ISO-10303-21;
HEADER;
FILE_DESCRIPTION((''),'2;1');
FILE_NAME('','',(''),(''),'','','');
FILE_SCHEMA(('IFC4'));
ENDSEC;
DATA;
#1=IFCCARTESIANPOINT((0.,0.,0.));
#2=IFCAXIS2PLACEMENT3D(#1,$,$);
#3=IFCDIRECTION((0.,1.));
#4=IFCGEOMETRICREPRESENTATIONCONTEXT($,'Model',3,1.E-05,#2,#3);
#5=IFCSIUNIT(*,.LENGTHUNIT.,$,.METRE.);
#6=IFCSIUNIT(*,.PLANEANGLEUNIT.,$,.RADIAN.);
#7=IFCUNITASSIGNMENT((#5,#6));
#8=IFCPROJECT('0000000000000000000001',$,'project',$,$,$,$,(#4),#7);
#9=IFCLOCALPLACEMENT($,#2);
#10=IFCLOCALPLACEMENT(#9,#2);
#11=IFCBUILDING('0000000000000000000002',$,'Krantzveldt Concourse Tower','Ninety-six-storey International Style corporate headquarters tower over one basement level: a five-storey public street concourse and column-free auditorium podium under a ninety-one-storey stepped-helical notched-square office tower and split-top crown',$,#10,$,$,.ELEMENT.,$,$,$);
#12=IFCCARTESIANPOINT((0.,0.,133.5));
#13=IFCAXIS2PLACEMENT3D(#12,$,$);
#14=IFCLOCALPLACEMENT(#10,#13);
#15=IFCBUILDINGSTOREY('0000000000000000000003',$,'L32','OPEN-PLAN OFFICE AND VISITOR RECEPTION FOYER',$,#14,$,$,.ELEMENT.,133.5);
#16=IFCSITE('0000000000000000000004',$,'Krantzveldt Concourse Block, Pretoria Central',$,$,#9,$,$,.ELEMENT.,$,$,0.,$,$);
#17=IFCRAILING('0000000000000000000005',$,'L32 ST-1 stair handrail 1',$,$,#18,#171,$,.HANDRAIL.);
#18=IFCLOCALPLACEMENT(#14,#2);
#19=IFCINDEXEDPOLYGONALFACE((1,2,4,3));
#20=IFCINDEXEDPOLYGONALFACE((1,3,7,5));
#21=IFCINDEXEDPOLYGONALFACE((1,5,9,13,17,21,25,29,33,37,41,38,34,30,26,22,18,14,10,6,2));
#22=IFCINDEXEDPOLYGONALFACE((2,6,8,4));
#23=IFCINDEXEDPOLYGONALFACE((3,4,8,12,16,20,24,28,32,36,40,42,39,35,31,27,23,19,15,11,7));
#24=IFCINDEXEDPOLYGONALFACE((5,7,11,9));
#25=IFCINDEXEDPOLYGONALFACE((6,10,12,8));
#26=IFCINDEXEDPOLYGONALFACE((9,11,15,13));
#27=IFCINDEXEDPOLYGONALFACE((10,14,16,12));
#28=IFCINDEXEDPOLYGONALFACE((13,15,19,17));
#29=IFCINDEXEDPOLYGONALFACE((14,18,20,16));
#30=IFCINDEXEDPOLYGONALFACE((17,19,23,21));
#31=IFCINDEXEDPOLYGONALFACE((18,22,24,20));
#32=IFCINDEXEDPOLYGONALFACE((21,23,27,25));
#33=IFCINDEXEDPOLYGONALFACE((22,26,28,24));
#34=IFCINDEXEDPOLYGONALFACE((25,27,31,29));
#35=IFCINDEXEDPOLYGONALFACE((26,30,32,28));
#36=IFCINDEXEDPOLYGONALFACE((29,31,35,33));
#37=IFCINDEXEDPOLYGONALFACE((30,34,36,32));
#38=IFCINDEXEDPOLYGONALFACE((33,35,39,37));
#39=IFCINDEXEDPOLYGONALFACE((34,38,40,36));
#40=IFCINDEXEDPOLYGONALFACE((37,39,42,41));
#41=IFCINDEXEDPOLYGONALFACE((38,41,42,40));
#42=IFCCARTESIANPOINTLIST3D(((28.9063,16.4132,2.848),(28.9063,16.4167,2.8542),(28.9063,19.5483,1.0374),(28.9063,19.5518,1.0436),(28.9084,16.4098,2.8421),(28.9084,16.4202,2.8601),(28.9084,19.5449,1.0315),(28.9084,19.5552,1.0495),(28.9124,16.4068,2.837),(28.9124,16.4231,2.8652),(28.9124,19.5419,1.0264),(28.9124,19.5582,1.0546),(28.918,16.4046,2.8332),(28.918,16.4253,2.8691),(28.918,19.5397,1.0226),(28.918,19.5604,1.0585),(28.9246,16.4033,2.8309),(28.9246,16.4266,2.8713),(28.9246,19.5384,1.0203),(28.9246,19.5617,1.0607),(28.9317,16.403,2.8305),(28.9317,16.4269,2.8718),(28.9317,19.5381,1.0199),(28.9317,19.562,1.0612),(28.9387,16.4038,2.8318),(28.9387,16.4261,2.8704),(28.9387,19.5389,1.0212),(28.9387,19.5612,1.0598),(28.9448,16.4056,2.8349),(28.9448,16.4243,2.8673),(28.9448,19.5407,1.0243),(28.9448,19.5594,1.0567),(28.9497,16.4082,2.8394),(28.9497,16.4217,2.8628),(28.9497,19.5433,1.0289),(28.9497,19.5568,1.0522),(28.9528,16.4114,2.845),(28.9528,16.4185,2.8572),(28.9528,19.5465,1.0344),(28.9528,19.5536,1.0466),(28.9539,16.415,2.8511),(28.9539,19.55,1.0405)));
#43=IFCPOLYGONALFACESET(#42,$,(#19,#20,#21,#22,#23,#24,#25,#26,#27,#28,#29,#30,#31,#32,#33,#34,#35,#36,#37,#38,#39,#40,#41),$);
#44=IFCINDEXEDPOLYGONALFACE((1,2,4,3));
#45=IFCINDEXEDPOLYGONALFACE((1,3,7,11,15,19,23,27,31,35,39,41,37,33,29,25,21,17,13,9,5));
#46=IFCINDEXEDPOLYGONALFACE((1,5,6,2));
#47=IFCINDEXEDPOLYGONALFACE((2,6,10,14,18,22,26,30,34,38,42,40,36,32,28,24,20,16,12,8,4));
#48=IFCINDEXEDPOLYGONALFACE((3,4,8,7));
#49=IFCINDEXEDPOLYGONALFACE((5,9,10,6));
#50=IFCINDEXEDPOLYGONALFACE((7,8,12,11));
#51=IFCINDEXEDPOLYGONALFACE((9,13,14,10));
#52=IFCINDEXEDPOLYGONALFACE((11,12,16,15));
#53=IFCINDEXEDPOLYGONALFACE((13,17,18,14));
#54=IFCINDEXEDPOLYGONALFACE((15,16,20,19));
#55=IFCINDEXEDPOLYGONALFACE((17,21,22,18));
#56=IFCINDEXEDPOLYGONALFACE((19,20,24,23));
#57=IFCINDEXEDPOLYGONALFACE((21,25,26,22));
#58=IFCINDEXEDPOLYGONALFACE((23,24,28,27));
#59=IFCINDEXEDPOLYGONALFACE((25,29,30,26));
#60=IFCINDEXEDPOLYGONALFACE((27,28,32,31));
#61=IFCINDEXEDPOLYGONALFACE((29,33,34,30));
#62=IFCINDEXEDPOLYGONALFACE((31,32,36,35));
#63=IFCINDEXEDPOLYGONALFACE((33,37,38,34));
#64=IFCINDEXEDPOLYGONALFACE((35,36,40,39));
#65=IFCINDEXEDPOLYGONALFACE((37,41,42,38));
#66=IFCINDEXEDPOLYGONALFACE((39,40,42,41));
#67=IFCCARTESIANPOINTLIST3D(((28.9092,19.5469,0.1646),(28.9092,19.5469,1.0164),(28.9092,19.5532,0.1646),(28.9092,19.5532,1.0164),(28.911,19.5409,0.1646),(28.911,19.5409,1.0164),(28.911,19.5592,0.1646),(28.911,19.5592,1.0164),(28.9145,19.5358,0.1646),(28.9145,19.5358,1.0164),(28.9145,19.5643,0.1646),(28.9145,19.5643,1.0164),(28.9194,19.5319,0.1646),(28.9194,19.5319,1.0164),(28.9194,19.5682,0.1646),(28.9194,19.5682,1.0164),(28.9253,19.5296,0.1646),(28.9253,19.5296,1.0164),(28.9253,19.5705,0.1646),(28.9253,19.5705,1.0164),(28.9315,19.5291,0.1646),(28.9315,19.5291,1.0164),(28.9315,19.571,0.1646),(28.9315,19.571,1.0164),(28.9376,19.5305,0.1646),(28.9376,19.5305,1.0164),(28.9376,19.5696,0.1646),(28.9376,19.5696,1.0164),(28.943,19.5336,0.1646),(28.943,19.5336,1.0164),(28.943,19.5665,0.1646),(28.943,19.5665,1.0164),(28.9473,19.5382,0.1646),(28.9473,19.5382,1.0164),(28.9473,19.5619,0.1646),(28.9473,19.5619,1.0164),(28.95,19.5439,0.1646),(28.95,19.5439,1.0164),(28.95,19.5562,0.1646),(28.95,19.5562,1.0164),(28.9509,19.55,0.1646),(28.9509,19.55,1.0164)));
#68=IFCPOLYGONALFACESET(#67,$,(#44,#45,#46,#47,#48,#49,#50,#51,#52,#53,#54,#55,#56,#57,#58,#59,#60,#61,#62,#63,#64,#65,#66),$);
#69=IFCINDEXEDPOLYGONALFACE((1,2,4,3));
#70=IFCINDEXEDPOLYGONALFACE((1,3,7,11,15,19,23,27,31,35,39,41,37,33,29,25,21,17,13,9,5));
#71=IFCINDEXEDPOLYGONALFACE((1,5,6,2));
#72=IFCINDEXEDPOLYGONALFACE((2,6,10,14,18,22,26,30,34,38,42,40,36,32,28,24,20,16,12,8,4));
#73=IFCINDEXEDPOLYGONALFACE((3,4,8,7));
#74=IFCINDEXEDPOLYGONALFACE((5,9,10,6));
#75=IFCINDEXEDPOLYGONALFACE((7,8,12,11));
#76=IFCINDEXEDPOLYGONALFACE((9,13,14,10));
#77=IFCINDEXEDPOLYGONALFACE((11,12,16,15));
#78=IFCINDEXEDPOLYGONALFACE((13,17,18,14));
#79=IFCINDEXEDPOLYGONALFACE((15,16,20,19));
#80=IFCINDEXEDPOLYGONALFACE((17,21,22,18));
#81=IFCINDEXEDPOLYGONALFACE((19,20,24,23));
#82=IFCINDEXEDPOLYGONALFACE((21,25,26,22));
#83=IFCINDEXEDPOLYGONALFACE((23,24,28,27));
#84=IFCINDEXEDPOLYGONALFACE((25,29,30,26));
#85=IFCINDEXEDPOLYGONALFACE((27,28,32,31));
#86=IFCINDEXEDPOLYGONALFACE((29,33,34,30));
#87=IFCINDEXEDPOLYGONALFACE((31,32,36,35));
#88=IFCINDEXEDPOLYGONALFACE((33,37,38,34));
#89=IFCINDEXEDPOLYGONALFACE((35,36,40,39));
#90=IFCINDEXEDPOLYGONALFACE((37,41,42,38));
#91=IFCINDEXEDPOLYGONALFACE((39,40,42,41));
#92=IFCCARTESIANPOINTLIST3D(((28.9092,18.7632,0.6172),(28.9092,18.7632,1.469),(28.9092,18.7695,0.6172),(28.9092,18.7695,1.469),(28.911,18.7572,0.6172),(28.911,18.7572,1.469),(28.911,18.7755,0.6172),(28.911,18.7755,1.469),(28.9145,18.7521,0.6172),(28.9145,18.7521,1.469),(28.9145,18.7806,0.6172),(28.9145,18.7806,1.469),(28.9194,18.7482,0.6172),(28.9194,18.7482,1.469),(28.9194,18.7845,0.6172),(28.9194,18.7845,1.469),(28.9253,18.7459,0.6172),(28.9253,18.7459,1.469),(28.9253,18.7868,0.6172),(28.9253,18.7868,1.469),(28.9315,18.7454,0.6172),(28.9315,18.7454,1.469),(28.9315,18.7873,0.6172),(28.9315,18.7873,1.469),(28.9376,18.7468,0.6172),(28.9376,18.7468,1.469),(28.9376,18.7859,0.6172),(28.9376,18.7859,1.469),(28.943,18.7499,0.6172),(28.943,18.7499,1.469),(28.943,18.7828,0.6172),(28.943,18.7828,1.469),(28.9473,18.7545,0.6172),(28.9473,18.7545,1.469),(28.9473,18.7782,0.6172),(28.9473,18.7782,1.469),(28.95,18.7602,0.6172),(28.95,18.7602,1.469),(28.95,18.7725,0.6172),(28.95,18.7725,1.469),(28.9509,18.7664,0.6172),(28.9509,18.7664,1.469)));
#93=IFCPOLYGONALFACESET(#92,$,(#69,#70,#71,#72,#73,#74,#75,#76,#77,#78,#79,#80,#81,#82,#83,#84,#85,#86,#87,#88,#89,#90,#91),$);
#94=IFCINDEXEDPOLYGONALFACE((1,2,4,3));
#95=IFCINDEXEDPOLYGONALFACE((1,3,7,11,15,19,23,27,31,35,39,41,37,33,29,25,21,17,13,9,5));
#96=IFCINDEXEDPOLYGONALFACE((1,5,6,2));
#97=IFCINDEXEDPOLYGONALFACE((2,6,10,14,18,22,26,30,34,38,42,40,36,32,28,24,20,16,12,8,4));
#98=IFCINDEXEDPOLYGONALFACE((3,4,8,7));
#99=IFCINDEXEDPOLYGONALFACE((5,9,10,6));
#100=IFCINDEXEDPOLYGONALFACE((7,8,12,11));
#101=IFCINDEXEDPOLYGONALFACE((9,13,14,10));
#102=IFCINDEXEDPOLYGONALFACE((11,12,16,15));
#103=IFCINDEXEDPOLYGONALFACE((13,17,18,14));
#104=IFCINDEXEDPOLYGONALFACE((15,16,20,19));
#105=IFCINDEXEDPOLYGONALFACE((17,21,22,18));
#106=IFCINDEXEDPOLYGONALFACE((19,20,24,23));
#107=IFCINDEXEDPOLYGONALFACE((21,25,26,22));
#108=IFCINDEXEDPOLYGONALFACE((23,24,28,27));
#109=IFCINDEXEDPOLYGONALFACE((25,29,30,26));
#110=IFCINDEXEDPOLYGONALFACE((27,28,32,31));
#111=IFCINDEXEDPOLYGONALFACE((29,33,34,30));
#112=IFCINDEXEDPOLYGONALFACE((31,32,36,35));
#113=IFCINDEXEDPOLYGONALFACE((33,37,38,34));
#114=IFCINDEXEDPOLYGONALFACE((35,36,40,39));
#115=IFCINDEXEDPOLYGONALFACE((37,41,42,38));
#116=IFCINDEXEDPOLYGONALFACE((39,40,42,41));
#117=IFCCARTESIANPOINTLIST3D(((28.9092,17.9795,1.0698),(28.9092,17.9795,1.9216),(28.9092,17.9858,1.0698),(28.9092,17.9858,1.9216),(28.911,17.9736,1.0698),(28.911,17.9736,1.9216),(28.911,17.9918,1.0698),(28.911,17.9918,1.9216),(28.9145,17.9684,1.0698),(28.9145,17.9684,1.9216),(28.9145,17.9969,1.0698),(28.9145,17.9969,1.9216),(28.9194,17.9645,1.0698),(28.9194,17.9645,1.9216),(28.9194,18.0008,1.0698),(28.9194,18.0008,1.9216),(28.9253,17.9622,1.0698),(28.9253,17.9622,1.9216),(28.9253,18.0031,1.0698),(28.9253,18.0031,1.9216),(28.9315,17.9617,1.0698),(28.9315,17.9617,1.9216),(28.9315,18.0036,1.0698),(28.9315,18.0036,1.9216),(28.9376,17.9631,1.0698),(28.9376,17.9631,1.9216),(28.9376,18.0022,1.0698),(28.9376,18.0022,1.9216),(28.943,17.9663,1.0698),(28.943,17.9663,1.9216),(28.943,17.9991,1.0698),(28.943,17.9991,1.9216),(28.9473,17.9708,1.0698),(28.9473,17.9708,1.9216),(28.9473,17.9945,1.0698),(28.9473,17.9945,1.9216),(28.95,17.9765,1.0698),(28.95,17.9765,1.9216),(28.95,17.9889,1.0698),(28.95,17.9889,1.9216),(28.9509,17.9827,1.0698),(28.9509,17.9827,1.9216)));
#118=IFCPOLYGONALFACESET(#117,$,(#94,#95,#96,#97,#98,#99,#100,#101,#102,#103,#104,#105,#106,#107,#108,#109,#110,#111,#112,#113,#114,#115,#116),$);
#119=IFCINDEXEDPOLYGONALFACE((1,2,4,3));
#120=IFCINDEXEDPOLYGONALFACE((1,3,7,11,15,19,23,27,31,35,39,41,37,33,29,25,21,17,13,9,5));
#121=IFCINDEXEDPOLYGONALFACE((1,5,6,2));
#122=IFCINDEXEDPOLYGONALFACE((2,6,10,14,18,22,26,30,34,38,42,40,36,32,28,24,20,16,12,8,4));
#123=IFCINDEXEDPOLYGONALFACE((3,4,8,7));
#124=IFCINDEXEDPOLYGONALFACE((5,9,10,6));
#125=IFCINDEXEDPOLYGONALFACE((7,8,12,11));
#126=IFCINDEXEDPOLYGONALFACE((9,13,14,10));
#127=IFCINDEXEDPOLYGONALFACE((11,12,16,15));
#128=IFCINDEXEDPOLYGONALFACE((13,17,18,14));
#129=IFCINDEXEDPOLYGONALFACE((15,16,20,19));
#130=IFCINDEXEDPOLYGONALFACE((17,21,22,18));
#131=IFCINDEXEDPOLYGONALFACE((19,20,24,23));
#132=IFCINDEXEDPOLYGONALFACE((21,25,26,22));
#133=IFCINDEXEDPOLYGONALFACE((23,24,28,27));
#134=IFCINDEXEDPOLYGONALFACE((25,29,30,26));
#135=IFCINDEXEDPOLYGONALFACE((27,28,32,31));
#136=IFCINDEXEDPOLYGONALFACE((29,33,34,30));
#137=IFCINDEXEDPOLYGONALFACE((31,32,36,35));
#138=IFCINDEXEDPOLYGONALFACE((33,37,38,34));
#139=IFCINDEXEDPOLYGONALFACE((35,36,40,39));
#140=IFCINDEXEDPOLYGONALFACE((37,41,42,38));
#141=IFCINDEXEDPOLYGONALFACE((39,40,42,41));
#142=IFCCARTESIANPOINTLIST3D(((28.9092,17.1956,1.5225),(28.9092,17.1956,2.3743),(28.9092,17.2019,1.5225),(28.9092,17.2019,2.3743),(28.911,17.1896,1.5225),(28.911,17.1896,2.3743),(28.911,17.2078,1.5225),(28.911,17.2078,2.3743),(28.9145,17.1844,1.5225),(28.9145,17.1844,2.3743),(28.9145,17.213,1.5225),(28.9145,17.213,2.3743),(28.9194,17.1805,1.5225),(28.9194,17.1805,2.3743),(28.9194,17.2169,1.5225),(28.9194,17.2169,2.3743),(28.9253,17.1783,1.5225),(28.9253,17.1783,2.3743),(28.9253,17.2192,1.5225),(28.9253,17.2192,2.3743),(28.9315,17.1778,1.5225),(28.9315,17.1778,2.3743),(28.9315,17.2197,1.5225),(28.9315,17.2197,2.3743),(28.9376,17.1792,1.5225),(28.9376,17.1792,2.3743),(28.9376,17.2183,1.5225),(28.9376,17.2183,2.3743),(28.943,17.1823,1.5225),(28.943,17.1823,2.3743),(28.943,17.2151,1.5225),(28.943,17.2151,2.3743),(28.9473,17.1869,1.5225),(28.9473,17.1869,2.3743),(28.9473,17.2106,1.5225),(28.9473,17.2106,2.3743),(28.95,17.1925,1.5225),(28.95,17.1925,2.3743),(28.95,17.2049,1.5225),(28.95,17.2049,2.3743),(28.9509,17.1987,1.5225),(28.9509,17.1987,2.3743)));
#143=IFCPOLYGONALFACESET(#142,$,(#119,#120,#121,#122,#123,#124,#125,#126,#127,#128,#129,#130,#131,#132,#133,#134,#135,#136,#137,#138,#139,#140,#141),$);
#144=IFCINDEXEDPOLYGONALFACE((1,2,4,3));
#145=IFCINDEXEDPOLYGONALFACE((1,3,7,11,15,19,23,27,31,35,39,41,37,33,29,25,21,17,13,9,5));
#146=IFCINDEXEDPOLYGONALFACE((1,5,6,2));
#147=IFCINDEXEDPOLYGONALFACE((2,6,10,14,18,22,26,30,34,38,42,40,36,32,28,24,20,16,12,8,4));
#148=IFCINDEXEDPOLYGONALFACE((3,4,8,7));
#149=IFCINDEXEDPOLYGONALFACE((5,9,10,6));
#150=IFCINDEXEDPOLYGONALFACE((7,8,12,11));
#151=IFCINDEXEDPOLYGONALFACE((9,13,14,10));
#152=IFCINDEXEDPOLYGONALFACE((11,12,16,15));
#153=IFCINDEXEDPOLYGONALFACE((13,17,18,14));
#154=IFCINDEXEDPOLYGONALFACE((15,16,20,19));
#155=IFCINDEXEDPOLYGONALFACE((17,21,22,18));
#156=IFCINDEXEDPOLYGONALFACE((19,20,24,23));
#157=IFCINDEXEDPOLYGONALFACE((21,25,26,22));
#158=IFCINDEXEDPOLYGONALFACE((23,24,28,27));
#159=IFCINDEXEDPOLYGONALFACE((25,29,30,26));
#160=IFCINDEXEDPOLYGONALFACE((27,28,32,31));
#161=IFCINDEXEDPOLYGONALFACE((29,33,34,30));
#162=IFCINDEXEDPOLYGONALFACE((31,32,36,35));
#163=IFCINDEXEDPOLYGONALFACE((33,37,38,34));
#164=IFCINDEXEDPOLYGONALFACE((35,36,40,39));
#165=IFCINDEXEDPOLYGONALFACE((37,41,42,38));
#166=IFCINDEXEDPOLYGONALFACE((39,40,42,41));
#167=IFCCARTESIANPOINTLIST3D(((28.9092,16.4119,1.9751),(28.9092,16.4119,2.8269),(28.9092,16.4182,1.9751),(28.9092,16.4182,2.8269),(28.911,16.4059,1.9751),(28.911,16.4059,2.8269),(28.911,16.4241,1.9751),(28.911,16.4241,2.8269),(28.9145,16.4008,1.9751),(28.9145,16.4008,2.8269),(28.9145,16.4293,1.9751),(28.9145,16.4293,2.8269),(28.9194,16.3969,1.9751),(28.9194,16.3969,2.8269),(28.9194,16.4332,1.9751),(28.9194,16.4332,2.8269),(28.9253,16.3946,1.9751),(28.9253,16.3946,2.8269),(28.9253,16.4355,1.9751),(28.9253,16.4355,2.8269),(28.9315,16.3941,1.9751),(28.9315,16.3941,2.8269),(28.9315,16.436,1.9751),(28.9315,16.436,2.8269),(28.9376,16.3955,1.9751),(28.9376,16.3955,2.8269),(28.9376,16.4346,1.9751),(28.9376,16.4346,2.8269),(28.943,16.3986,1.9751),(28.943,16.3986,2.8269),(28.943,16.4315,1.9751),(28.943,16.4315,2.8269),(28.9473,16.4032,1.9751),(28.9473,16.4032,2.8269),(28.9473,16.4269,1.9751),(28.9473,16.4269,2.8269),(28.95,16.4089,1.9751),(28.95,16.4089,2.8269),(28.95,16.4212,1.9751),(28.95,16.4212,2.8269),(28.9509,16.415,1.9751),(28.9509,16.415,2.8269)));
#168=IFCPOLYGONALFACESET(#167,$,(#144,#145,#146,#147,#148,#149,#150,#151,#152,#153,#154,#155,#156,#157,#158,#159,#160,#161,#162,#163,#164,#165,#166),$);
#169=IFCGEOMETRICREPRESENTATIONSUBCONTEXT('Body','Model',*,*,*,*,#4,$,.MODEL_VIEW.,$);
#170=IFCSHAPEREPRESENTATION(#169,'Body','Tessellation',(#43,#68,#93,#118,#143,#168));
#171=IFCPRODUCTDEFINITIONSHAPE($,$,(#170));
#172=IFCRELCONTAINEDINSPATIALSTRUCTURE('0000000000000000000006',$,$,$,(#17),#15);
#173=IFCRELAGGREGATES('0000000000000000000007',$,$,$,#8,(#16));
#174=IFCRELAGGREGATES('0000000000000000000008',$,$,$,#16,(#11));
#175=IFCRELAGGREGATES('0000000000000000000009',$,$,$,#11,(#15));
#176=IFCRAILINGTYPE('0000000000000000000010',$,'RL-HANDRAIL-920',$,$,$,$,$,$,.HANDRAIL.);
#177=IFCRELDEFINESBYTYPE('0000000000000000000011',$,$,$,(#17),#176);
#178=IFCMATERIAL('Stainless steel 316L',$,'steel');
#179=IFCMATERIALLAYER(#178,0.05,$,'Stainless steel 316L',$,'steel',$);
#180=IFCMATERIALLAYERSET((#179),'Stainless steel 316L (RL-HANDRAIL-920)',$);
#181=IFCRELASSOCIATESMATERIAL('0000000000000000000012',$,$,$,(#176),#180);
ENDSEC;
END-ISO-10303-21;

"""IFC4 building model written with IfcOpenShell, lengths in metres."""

from ifc_helpers import new_model, si_unit, direction, frame, origin, origin_2d, place, context, subcontext, project, spatial, circle, extrude, material, layer, layer_set, type_object, element, save


model = new_model("IFC4")

# Units and contexts
model_context = context("Model", 3, precision=1e-05, world=origin(), true_north=direction((0.0, 1.0)))
body_context = subcontext(model_context, "Body", "Model", "MODEL_VIEW")
ifc_project = project(units=[si_unit("LENGTHUNIT", "METRE"), si_unit("PLANEANGLEUNIT", "RADIAN")], contexts=[model_context])

# Site, building, storey
site_placement = place(None, origin())
site = spatial("IfcSite", under=ifc_project, at=site_placement, Name="Krantzveldt Concourse Block, Pretoria Central", CompositionType="ELEMENT", RefElevation=0.0)
building_placement = place(site_placement, origin())
building = spatial("IfcBuilding", under=site, at=building_placement, Name="Krantzveldt Concourse Tower", Description="Ninety-six-storey International Style corporate headquarters tower over one basement level: a five-storey public street concourse and column-free auditorium podium under a ninety-one-storey stepped-helical notched-square office tower and split-top crown", CompositionType="ELEMENT")
storey_placement = place(building_placement, frame((0.0, 0.0, 133.5)))
storey = spatial("IfcBuildingStorey", under=building, at=storey_placement, Name="L32", Description="OPEN-PLAN OFFICE AND VISITOR RECEPTION FOYER", CompositionType="ELEMENT", Elevation=133.5)

# Shared definitions
ifc_material_1 = material(Name="Stainless steel 316L", Category="steel")

# Railing
ifc_layer_1 = layer(ifc_material_1, 0.05, Name="Stainless steel 316L", Category="steel")
ifc_layer_set_1 = layer_set([ifc_layer_1], Name="Stainless steel 316L (RL-HANDRAIL-920)")
railing_type_1 = type_object("IfcRailingType", Name="RL-HANDRAIL-920", PredefinedType="HANDRAIL", material=ifc_layer_set_1)
railing_1_placement = place(storey_placement, frame((28.9299, 19.55, 0.1646)))
element("IfcRailing", 1, at=railing_1_placement, inside=storey, type_object=railing_type_1, Name="L32 ST-1 stair handrail 1", PredefinedType="HANDRAIL", context=body_context, shape_type="SweptSolid", body=[
    extrude(circle(Radius=0.0239, at=origin_2d()), frame((0.0, 0.0, 0.876), z_axis=(0.0, -0.86596, 0.500114), x_axis=(1.0, 0.0, 0.0)), (0.0, 0.0, 1.0), 3.6204),
    extrude(circle(Radius=0.021, at=origin_2d()), origin(), (0.0, 0.0, 1.0), 0.8518),
    extrude(circle(Radius=0.021, at=origin_2d()), frame((0.0, -0.7837, 0.4526)), (0.0, 0.0, 1.0), 0.8518),
    extrude(circle(Radius=0.021, at=origin_2d()), frame((0.0, -1.5674, 0.9053)), (0.0, 0.0, 1.0), 0.8518),
    extrude(circle(Radius=0.021, at=origin_2d()), frame((0.0, -2.3513, 1.3579)), (0.0, 0.0, 1.0), 0.8518),
    extrude(circle(Radius=0.021, at=origin_2d()), frame((0.0, -3.135, 1.8105)), (0.0, 0.0, 1.0), 0.8518),
])

save(model, "model.ifc")
